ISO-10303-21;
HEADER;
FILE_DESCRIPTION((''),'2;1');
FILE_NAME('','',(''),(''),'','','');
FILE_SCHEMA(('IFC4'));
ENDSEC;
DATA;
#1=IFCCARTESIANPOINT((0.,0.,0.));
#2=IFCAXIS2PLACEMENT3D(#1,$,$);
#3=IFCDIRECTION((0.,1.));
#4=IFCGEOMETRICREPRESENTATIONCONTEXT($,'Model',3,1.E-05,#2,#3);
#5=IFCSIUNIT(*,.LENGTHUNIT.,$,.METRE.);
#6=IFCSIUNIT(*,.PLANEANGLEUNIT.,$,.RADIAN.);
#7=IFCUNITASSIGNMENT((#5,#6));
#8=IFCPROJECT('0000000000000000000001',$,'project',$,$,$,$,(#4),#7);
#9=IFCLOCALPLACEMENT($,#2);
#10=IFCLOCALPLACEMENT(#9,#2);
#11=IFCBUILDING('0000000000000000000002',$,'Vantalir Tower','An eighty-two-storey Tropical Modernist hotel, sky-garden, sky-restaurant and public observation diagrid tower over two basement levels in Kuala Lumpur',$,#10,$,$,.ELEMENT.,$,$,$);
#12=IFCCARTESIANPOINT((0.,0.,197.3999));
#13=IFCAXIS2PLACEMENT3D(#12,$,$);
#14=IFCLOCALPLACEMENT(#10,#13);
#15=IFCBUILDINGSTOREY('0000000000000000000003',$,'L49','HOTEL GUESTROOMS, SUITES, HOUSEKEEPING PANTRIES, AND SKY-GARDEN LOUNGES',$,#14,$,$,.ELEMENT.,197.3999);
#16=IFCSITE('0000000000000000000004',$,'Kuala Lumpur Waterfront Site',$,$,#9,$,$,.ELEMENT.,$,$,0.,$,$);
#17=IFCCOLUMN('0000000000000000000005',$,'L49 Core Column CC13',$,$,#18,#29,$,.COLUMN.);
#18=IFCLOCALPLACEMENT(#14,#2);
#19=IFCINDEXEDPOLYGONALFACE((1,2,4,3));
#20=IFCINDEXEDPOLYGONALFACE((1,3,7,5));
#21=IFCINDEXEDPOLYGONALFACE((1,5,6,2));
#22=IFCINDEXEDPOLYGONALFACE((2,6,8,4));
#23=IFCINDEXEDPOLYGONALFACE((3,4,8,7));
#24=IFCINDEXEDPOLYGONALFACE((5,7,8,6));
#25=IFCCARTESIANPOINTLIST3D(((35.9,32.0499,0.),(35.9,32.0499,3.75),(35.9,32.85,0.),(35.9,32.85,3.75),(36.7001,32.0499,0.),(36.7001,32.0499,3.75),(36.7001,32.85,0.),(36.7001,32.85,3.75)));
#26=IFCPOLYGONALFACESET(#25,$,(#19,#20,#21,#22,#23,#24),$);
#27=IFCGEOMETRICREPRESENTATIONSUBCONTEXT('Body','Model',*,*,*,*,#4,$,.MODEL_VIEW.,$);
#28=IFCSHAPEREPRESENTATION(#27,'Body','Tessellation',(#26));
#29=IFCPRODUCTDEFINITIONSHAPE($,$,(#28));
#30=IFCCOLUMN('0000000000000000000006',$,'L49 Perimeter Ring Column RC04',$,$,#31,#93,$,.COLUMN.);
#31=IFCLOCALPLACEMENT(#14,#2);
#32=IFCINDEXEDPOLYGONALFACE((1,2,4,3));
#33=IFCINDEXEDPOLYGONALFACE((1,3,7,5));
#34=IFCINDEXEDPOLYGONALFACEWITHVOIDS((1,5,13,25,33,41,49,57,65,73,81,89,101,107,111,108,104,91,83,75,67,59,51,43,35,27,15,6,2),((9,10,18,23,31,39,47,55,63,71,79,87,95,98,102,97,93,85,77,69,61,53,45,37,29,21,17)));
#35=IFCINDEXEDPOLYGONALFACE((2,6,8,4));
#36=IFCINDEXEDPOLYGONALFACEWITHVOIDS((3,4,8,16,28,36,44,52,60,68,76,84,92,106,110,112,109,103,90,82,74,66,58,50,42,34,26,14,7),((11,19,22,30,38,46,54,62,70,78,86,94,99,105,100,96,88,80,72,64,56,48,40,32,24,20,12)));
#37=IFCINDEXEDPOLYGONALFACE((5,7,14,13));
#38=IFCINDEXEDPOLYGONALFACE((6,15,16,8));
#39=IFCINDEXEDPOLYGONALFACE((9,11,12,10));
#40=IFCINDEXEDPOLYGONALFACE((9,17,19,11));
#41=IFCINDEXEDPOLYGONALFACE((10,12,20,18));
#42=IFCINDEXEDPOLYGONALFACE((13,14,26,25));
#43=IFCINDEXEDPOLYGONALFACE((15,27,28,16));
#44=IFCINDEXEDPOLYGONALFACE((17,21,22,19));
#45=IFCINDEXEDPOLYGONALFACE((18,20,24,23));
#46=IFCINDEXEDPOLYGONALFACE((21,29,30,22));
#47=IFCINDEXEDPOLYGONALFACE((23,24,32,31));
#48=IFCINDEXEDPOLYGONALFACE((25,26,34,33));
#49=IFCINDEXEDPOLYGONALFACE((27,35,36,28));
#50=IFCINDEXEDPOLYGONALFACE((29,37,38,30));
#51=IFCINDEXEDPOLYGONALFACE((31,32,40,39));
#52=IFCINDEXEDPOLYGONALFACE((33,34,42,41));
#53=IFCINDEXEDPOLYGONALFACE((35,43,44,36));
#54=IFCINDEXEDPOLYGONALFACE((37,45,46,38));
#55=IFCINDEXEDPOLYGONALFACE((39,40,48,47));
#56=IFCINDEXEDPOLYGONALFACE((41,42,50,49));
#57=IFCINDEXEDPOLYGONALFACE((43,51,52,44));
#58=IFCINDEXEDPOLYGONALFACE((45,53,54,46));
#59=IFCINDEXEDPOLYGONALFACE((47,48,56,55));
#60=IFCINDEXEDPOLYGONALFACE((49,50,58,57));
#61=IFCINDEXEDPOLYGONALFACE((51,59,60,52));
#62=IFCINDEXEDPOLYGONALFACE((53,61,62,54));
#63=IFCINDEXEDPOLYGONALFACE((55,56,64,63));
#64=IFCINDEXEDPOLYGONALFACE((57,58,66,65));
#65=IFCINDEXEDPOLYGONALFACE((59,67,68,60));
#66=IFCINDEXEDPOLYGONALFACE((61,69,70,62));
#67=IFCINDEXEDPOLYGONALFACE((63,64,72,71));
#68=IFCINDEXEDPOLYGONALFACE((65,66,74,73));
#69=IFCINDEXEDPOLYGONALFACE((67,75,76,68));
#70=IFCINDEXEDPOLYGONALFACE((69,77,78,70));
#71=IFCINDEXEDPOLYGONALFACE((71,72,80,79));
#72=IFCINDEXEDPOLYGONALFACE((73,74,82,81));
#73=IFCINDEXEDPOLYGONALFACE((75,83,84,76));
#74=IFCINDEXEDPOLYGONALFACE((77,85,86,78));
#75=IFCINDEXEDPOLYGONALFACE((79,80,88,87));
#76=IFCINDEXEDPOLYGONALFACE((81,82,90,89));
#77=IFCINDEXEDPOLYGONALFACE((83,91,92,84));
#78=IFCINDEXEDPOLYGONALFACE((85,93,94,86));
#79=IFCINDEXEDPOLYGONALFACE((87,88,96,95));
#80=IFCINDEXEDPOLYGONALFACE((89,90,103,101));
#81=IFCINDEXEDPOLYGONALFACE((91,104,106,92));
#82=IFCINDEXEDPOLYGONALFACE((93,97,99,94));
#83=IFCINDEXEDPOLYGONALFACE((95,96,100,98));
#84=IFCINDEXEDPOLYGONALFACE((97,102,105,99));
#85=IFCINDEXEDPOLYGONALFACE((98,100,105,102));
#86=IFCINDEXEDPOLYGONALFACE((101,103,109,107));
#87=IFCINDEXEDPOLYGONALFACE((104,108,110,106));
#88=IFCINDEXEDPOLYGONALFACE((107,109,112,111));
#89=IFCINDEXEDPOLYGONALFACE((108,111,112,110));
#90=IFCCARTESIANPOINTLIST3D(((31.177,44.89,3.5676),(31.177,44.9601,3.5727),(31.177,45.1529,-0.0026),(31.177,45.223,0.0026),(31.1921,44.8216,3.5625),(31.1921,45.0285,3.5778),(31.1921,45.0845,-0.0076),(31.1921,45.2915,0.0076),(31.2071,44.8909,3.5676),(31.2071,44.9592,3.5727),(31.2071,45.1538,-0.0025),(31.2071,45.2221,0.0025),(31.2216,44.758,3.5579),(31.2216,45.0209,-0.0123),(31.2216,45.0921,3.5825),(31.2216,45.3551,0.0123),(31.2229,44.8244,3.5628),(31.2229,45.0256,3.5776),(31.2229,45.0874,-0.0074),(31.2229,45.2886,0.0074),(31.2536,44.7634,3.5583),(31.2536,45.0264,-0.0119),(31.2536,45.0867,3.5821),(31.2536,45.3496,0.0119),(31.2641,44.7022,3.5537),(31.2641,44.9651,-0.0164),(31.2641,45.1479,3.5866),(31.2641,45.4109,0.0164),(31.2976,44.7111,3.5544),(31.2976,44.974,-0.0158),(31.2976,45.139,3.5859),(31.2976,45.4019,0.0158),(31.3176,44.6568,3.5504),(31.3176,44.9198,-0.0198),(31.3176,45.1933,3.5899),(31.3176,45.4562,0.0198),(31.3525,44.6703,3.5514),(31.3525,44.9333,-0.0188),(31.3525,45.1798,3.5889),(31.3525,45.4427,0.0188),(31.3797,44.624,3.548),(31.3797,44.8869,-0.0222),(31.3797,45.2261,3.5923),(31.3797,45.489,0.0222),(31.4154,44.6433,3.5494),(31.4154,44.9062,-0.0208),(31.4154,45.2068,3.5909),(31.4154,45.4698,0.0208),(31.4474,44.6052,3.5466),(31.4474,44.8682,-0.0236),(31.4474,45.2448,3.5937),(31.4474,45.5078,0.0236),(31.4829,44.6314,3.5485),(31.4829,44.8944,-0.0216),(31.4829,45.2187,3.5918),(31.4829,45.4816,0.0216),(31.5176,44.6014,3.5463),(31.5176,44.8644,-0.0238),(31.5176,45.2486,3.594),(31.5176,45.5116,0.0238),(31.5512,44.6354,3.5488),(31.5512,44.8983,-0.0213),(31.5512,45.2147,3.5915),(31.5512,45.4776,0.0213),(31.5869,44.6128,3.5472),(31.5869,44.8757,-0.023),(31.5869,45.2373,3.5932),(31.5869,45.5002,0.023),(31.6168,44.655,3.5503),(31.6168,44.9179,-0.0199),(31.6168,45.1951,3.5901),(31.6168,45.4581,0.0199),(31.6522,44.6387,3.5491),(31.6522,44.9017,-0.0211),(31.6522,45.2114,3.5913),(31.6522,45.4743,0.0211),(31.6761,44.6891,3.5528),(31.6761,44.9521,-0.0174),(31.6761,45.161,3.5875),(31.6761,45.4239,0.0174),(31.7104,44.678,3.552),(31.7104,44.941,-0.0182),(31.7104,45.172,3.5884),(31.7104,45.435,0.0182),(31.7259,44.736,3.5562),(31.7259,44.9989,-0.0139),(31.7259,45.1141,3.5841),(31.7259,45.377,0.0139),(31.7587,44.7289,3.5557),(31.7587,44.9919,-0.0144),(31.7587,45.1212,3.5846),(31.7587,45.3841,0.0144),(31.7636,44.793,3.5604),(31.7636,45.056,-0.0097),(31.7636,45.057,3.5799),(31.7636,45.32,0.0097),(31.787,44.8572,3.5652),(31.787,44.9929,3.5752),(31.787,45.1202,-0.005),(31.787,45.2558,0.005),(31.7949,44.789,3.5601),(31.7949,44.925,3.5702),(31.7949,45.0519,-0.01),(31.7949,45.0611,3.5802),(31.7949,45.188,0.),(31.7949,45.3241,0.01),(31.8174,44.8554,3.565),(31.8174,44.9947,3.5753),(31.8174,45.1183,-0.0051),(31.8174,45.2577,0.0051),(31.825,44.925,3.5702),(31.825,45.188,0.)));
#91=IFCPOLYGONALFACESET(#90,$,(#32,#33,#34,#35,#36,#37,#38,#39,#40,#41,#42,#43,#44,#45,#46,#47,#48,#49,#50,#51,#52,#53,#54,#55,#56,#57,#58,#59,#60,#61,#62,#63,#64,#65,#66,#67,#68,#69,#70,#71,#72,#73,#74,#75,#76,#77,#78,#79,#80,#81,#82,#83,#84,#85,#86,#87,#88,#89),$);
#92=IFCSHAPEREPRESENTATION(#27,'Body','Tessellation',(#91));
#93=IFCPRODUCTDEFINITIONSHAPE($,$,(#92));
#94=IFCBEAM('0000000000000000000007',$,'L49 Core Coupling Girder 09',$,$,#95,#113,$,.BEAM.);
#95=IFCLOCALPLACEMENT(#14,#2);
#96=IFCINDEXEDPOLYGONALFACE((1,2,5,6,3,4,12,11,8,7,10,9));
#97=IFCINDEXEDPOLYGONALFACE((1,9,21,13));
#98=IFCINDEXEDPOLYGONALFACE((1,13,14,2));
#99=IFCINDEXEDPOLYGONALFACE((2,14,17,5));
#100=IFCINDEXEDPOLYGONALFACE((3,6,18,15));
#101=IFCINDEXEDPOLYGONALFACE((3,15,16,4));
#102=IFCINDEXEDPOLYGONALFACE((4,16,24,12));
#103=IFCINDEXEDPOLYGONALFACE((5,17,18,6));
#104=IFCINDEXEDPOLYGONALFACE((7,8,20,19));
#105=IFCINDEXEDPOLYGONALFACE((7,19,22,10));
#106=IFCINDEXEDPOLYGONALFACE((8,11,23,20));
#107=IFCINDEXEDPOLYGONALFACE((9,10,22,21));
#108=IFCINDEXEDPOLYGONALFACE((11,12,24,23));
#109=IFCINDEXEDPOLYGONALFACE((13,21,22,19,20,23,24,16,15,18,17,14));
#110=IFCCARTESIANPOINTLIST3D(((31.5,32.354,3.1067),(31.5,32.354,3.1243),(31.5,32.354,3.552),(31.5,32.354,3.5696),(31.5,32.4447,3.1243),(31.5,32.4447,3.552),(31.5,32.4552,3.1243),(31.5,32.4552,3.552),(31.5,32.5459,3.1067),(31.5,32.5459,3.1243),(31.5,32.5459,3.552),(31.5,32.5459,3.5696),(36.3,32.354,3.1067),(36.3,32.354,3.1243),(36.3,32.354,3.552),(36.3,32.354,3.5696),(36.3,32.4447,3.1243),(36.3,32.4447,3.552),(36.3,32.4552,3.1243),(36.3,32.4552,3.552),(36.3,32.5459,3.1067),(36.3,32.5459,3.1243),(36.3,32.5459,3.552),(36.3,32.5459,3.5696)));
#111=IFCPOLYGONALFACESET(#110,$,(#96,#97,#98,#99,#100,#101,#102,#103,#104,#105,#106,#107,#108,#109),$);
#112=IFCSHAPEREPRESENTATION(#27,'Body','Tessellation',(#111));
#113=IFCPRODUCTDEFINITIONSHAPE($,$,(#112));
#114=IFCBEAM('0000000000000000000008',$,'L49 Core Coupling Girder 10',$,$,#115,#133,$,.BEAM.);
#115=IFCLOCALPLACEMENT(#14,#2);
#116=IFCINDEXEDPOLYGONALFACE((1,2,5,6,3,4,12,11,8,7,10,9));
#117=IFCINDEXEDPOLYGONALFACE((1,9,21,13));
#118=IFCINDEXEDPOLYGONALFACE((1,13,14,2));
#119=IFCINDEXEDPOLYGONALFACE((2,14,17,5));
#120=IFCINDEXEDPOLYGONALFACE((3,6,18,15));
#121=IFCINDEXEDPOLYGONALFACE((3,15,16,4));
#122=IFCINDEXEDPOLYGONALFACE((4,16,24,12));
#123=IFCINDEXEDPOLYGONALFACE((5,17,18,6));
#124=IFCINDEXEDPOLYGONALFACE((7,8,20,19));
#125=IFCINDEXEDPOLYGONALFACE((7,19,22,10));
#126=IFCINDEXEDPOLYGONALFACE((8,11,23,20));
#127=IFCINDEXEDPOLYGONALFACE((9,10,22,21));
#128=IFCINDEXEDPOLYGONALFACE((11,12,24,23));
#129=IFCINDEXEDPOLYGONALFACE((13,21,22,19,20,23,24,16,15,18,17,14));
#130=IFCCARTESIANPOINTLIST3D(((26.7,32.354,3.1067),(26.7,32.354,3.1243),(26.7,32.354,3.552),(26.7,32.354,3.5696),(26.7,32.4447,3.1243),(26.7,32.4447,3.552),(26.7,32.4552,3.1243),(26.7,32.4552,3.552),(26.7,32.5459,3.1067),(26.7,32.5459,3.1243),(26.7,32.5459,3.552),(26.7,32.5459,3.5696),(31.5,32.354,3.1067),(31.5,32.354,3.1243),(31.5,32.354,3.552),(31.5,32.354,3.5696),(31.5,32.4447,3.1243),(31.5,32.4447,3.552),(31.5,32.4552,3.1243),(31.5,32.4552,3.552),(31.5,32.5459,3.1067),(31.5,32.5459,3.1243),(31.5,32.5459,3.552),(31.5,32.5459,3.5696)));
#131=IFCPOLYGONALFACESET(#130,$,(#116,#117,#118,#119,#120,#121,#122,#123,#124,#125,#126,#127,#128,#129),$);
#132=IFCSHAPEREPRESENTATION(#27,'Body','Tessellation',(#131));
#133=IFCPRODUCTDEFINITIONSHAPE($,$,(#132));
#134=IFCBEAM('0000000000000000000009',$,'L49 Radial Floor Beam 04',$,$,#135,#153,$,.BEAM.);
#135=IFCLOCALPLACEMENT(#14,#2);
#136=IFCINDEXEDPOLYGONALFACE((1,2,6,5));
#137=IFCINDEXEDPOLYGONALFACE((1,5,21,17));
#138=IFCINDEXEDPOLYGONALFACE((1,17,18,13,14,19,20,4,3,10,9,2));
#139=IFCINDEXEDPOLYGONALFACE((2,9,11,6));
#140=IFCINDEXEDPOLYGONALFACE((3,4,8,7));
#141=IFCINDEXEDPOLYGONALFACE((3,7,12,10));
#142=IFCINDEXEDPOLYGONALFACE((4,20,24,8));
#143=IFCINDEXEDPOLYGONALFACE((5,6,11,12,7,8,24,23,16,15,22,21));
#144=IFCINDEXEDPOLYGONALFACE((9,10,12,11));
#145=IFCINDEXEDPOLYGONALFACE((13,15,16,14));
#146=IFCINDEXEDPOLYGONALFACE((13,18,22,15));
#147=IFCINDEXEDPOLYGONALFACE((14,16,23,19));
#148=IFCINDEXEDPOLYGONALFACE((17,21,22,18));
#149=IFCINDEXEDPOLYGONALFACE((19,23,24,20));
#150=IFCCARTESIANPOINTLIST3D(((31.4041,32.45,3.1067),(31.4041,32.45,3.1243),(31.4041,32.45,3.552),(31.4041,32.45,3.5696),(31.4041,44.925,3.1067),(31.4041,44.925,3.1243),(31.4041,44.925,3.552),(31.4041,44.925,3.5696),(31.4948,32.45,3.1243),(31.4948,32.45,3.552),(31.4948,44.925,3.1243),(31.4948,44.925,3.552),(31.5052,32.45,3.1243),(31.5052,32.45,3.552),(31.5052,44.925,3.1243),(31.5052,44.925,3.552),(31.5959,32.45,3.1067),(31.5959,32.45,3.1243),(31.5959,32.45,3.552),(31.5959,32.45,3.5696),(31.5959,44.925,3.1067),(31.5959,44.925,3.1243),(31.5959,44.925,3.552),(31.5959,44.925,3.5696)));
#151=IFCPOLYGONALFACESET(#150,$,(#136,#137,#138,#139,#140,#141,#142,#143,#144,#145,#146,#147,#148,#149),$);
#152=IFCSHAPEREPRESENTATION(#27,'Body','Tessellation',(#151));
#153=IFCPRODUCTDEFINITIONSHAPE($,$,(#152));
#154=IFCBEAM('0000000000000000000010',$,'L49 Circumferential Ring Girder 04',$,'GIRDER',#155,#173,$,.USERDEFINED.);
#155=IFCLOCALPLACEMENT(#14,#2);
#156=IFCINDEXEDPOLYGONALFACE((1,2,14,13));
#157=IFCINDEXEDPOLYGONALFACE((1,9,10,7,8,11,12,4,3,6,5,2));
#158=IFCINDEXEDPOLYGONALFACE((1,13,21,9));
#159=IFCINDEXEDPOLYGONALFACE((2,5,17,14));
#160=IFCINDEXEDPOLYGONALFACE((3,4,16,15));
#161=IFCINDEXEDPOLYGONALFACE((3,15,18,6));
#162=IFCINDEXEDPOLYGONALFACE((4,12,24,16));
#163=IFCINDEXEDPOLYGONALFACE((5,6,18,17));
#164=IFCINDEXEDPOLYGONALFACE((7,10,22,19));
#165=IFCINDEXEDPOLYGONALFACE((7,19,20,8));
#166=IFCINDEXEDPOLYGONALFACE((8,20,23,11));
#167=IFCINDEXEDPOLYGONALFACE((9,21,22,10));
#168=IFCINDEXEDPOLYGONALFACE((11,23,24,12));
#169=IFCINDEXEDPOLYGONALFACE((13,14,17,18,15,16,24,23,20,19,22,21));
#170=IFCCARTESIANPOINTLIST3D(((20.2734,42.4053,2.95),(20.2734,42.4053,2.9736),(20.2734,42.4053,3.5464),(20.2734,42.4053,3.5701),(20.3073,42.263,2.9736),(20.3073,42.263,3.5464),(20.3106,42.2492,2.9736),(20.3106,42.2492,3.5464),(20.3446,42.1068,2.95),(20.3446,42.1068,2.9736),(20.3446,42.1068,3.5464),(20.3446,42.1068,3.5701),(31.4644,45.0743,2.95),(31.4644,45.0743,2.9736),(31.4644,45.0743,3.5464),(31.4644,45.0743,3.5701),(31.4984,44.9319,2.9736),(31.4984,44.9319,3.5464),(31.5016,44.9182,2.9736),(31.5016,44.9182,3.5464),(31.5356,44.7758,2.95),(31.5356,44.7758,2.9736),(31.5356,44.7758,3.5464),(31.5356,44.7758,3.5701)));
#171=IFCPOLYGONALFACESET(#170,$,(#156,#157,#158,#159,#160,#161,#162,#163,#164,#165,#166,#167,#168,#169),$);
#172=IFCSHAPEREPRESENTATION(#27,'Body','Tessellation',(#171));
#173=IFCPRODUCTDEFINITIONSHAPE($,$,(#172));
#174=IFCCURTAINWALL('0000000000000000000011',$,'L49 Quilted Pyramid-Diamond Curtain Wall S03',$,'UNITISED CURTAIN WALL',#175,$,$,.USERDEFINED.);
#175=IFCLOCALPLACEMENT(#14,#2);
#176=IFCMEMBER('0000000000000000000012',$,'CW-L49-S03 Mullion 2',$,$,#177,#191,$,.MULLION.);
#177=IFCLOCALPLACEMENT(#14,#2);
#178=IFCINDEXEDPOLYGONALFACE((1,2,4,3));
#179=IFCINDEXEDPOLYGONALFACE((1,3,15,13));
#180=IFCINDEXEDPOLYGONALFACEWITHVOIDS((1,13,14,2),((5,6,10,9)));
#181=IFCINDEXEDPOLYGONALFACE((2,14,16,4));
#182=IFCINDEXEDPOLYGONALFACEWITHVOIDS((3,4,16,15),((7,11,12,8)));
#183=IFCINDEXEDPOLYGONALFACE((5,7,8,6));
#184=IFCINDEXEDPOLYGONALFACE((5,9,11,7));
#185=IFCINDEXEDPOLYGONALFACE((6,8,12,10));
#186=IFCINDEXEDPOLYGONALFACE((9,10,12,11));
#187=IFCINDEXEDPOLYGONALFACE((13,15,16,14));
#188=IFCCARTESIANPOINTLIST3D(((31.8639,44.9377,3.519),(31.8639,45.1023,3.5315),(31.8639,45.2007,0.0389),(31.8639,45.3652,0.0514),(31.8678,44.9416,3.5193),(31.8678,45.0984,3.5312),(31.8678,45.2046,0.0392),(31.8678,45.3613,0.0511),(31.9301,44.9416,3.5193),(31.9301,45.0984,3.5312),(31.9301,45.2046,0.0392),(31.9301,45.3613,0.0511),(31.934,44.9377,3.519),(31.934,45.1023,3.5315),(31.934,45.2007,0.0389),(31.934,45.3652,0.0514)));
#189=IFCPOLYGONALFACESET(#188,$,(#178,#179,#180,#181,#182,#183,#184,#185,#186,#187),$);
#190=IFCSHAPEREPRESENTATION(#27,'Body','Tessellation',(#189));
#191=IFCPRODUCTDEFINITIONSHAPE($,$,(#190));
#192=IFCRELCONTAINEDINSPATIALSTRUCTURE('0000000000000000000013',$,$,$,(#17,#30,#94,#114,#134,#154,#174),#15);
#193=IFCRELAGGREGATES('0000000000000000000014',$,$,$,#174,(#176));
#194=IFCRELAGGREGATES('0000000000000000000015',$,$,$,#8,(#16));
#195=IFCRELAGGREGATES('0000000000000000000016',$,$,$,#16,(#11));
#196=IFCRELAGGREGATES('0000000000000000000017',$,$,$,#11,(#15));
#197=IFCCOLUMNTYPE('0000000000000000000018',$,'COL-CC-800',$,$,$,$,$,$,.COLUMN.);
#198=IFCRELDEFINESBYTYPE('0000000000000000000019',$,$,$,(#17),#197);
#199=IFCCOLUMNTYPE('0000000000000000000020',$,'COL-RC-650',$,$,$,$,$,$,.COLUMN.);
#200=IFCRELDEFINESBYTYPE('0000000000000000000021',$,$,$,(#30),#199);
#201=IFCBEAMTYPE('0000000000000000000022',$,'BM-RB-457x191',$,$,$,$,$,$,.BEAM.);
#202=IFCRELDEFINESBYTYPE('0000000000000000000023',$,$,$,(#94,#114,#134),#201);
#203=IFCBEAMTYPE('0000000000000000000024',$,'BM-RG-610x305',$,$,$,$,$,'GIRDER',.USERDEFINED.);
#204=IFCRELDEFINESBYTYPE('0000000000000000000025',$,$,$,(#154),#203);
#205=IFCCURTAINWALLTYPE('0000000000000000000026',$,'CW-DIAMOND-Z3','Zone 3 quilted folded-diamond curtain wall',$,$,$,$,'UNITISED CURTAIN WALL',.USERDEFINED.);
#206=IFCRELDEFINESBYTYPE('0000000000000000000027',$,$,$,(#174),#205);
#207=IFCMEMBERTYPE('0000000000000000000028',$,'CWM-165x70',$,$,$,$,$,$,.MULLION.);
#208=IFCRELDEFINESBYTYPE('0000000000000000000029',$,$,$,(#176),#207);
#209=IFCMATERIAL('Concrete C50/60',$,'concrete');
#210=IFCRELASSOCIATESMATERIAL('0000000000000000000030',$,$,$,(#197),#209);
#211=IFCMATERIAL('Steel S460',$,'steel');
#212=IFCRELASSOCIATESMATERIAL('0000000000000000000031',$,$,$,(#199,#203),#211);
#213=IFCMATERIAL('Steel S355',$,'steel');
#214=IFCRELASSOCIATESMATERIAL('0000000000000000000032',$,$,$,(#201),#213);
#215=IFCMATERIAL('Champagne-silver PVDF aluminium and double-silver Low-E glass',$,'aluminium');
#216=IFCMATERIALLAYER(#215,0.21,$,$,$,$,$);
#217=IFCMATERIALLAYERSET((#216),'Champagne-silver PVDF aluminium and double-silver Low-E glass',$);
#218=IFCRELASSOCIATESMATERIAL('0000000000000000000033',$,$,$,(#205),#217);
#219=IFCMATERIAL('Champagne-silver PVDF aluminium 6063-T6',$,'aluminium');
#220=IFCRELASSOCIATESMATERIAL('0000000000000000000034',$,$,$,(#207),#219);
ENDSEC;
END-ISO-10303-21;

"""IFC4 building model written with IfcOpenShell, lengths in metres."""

from ifc_helpers import new_model, si_unit, direction, frame, origin, origin_2d, place, context, subcontext, project, spatial, rectangle, hollow_rectangle, hollow_circle, i_section, extrude, material, layer, layer_set, material_profile, profile_set, type_object, element, aggregate, save


model = new_model("IFC4")

# Units and contexts
model_context = context("Model", 3, precision=1e-05, world=origin(), true_north=direction((0.0, 1.0)))
body_context = subcontext(model_context, "Body", "Model", "MODEL_VIEW")
ifc_project = project(units=[si_unit("LENGTHUNIT", "METRE"), si_unit("PLANEANGLEUNIT", "RADIAN")], contexts=[model_context])

# Site, building, storey
site_placement = place(None, origin())
site = spatial("IfcSite", under=ifc_project, at=site_placement, Name="Kuala Lumpur Waterfront Site", CompositionType="ELEMENT", RefElevation=0.0)
building_placement = place(site_placement, origin())
building = spatial("IfcBuilding", under=site, at=building_placement, Name="Vantalir Tower", Description="An eighty-two-storey Tropical Modernist hotel, sky-garden, sky-restaurant and public observation diagrid tower over two basement levels in Kuala Lumpur", CompositionType="ELEMENT")
storey_placement = place(building_placement, frame((0.0, 0.0, 197.3999)))
storey = spatial("IfcBuildingStorey", under=building, at=storey_placement, Name="L49", Description="HOTEL GUESTROOMS, SUITES, HOUSEKEEPING PANTRIES, AND SKY-GARDEN LOUNGES", CompositionType="ELEMENT", Elevation=197.3999)

# Columns
ifc_material_1 = material(Name="Concrete C50/60", Category="concrete")
ifc_material_profile_1 = material_profile(ifc_material_1, rectangle(XDim=0.8, YDim=0.8, at=origin_2d()), Name="Concrete C50/60")
ifc_profile_set_1 = profile_set([ifc_material_profile_1], Name="Concrete C50/60")
column_type_1 = type_object("IfcColumnType", Name="COL-CC-800", PredefinedType="COLUMN", material=ifc_profile_set_1)
column_1_placement = place(storey_placement, frame((36.3, 32.45, 0.0), z_axis=(0.0, 0.0, 1.0), x_axis=(1.0, 0.0, 0.0)))
element("IfcColumn", 1, at=column_1_placement, inside=storey, type_object=column_type_1, Name="L49 Core Column CC13", PredefinedType="COLUMN", context=body_context, shape_type="SweptSolid", body=[
    extrude(rectangle(XDim=0.8, YDim=0.8, at=origin_2d()), origin(), (0.0, 0.0, 1.0), 3.75),
])
ifc_material_2 = material(Name="Steel S460", Category="steel")
ifc_material_profile_2 = material_profile(ifc_material_2, hollow_circle(Radius=0.325, WallThickness=0.03, at=origin_2d()), Name="Steel S460")
ifc_profile_set_2 = profile_set([ifc_material_profile_2], Name="Steel S460")
column_type_2 = type_object("IfcColumnType", Name="COL-RC-650", PredefinedType="COLUMN", material=ifc_profile_set_2)
column_2_placement = place(storey_placement, frame((31.5, 45.188, 0.0), z_axis=(0.0, -0.073452, 0.997299), x_axis=(1.0, 0.0, 0.0)))
element("IfcColumn", 2, at=column_2_placement, inside=storey, type_object=column_type_2, Name="L49 Perimeter Ring Column RC04", PredefinedType="COLUMN", context=body_context, shape_type="SweptSolid", body=[
    extrude(hollow_circle(Radius=0.325, WallThickness=0.03, at=origin_2d()), origin(), (0.0, 0.0, 1.0), 3.5798),
])

# Beams
ifc_material_3 = material(Name="Steel S355", Category="steel")
ifc_material_profile_3 = material_profile(ifc_material_3, i_section(OverallWidth=0.1919, OverallDepth=0.4629, WebThickness=0.0105, FlangeThickness=0.0176, at=origin_2d()), Name="Steel S355")
ifc_profile_set_3 = profile_set([ifc_material_profile_3], Name="Steel S355")
beam_type_1 = type_object("IfcBeamType", Name="BM-RB-457x191", PredefinedType="BEAM", material=ifc_profile_set_3)
for number, where, z_axis, x_axis, name in (
    (3, (36.3, 32.45, 3.3381), (-1.0, 0.0, 0.0), (0.0, -1.0, 0.0), "L49 Core Coupling Girder 09"),
    (4, (31.5, 32.45, 3.3381), (-1.0, 0.0, 0.0), (0.0, -1.0, 0.0), "L49 Core Coupling Girder 10"),
):
    element("IfcBeam", number, at=place(storey_placement, frame(where, z_axis=z_axis, x_axis=x_axis)), inside=storey, type_object=beam_type_1, Name=name, PredefinedType="BEAM", context=body_context, shape_type="SweptSolid", body=[
        extrude(i_section(OverallWidth=0.1919, OverallDepth=0.4629, WebThickness=0.0105, FlangeThickness=0.0176, at=origin_2d()), origin(), (0.0, 0.0, 1.0), 4.8),
    ])
beam_1_placement = place(storey_placement, frame((31.5, 44.925, 3.3381), z_axis=(0.0, -1.0, 0.0), x_axis=(1.0, 0.0, 0.0)))
element("IfcBeam", 5, at=beam_1_placement, inside=storey, type_object=beam_type_1, Name="L49 Radial Floor Beam 04", PredefinedType="BEAM", context=body_context, shape_type="SweptSolid", body=[
    extrude(i_section(OverallWidth=0.1919, OverallDepth=0.4629, WebThickness=0.0105, FlangeThickness=0.0176, at=origin_2d()), origin(), (0.0, 0.0, 1.0), 12.4751),
])
ifc_material_profile_4 = material_profile(ifc_material_2, i_section(OverallWidth=0.3069, OverallDepth=0.6201, WebThickness=0.0142, FlangeThickness=0.0237, at=origin_2d()), Name="Steel S460")
ifc_profile_set_4 = profile_set([ifc_material_profile_4], Name="Steel S460")
beam_type_2 = type_object("IfcBeamType", Name="BM-RG-610x305", ElementType="GIRDER", PredefinedType="USERDEFINED", material=ifc_profile_set_4)
beam_2_placement = place(storey_placement, frame((31.5, 44.925, 3.26), z_axis=(-0.972719, -0.231986, 0.0), x_axis=(0.231986, -0.972719, 0.0)))
element("IfcBeam", 6, at=beam_2_placement, inside=storey, type_object=beam_type_2, Name="L49 Circumferential Ring Girder 04", ObjectType="GIRDER", PredefinedType="USERDEFINED", context=body_context, shape_type="SweptSolid", body=[
    extrude(i_section(OverallWidth=0.3069, OverallDepth=0.6201, WebThickness=0.0142, FlangeThickness=0.0237, at=origin_2d()), origin(), (0.0, 0.0, 1.0), 11.5049),
])

# Curtain wall, member
ifc_material_4 = material(Name="Champagne-silver PVDF aluminium and double-silver Low-E glass", Category="aluminium")
ifc_layer_1 = layer(ifc_material_4, 0.21)
ifc_layer_set_1 = layer_set([ifc_layer_1], Name="Champagne-silver PVDF aluminium and double-silver Low-E glass")
curtain_wall_type = type_object("IfcCurtainWallType", Name="CW-DIAMOND-Z3", Description="Zone 3 quilted folded-diamond curtain wall", ElementType="UNITISED CURTAIN WALL", PredefinedType="USERDEFINED", material=ifc_layer_set_1)
curtain_wall_1_placement = place(storey_placement, origin())
curtain_wall_1 = element("IfcCurtainWall", 7, at=curtain_wall_1_placement, inside=storey, type_object=curtain_wall_type, Name="L49 Quilted Pyramid-Diamond Curtain Wall S03", ObjectType="UNITISED CURTAIN WALL", PredefinedType="USERDEFINED")
ifc_material_5 = material(Name="Champagne-silver PVDF aluminium 6063-T6", Category="aluminium")
ifc_material_profile_5 = material_profile(ifc_material_5, hollow_rectangle(XDim=0.0701, YDim=0.165, WallThickness=0.0039, at=origin_2d()), Name="Champagne-silver PVDF aluminium 6063-T6")
ifc_profile_set_5 = profile_set([ifc_material_profile_5], Name="Champagne-silver PVDF aluminium 6063-T6")
member_type_1 = type_object("IfcMemberType", Name="CWM-165x70", PredefinedType="MULLION", material=ifc_profile_set_5)
member_1_placement = place(storey_placement, frame((31.8989, 45.283, 0.0452), z_axis=(0.0, -0.075343, 0.997158), x_axis=(1.0, 0.0, 0.0)))
member_1 = element("IfcMember", 8, at=member_1_placement, type_object=member_type_1, Name="CW-L49-S03 Mullion 2", PredefinedType="MULLION", context=body_context, shape_type="SweptSolid", body=[
    extrude(hollow_rectangle(XDim=0.0701, YDim=0.165, WallThickness=0.0039, at=origin_2d()), origin(), (0.0, 0.0, 1.0), 3.49),
])

aggregate(curtain_wall_1, [member_1])

save(model, "model.ifc")
